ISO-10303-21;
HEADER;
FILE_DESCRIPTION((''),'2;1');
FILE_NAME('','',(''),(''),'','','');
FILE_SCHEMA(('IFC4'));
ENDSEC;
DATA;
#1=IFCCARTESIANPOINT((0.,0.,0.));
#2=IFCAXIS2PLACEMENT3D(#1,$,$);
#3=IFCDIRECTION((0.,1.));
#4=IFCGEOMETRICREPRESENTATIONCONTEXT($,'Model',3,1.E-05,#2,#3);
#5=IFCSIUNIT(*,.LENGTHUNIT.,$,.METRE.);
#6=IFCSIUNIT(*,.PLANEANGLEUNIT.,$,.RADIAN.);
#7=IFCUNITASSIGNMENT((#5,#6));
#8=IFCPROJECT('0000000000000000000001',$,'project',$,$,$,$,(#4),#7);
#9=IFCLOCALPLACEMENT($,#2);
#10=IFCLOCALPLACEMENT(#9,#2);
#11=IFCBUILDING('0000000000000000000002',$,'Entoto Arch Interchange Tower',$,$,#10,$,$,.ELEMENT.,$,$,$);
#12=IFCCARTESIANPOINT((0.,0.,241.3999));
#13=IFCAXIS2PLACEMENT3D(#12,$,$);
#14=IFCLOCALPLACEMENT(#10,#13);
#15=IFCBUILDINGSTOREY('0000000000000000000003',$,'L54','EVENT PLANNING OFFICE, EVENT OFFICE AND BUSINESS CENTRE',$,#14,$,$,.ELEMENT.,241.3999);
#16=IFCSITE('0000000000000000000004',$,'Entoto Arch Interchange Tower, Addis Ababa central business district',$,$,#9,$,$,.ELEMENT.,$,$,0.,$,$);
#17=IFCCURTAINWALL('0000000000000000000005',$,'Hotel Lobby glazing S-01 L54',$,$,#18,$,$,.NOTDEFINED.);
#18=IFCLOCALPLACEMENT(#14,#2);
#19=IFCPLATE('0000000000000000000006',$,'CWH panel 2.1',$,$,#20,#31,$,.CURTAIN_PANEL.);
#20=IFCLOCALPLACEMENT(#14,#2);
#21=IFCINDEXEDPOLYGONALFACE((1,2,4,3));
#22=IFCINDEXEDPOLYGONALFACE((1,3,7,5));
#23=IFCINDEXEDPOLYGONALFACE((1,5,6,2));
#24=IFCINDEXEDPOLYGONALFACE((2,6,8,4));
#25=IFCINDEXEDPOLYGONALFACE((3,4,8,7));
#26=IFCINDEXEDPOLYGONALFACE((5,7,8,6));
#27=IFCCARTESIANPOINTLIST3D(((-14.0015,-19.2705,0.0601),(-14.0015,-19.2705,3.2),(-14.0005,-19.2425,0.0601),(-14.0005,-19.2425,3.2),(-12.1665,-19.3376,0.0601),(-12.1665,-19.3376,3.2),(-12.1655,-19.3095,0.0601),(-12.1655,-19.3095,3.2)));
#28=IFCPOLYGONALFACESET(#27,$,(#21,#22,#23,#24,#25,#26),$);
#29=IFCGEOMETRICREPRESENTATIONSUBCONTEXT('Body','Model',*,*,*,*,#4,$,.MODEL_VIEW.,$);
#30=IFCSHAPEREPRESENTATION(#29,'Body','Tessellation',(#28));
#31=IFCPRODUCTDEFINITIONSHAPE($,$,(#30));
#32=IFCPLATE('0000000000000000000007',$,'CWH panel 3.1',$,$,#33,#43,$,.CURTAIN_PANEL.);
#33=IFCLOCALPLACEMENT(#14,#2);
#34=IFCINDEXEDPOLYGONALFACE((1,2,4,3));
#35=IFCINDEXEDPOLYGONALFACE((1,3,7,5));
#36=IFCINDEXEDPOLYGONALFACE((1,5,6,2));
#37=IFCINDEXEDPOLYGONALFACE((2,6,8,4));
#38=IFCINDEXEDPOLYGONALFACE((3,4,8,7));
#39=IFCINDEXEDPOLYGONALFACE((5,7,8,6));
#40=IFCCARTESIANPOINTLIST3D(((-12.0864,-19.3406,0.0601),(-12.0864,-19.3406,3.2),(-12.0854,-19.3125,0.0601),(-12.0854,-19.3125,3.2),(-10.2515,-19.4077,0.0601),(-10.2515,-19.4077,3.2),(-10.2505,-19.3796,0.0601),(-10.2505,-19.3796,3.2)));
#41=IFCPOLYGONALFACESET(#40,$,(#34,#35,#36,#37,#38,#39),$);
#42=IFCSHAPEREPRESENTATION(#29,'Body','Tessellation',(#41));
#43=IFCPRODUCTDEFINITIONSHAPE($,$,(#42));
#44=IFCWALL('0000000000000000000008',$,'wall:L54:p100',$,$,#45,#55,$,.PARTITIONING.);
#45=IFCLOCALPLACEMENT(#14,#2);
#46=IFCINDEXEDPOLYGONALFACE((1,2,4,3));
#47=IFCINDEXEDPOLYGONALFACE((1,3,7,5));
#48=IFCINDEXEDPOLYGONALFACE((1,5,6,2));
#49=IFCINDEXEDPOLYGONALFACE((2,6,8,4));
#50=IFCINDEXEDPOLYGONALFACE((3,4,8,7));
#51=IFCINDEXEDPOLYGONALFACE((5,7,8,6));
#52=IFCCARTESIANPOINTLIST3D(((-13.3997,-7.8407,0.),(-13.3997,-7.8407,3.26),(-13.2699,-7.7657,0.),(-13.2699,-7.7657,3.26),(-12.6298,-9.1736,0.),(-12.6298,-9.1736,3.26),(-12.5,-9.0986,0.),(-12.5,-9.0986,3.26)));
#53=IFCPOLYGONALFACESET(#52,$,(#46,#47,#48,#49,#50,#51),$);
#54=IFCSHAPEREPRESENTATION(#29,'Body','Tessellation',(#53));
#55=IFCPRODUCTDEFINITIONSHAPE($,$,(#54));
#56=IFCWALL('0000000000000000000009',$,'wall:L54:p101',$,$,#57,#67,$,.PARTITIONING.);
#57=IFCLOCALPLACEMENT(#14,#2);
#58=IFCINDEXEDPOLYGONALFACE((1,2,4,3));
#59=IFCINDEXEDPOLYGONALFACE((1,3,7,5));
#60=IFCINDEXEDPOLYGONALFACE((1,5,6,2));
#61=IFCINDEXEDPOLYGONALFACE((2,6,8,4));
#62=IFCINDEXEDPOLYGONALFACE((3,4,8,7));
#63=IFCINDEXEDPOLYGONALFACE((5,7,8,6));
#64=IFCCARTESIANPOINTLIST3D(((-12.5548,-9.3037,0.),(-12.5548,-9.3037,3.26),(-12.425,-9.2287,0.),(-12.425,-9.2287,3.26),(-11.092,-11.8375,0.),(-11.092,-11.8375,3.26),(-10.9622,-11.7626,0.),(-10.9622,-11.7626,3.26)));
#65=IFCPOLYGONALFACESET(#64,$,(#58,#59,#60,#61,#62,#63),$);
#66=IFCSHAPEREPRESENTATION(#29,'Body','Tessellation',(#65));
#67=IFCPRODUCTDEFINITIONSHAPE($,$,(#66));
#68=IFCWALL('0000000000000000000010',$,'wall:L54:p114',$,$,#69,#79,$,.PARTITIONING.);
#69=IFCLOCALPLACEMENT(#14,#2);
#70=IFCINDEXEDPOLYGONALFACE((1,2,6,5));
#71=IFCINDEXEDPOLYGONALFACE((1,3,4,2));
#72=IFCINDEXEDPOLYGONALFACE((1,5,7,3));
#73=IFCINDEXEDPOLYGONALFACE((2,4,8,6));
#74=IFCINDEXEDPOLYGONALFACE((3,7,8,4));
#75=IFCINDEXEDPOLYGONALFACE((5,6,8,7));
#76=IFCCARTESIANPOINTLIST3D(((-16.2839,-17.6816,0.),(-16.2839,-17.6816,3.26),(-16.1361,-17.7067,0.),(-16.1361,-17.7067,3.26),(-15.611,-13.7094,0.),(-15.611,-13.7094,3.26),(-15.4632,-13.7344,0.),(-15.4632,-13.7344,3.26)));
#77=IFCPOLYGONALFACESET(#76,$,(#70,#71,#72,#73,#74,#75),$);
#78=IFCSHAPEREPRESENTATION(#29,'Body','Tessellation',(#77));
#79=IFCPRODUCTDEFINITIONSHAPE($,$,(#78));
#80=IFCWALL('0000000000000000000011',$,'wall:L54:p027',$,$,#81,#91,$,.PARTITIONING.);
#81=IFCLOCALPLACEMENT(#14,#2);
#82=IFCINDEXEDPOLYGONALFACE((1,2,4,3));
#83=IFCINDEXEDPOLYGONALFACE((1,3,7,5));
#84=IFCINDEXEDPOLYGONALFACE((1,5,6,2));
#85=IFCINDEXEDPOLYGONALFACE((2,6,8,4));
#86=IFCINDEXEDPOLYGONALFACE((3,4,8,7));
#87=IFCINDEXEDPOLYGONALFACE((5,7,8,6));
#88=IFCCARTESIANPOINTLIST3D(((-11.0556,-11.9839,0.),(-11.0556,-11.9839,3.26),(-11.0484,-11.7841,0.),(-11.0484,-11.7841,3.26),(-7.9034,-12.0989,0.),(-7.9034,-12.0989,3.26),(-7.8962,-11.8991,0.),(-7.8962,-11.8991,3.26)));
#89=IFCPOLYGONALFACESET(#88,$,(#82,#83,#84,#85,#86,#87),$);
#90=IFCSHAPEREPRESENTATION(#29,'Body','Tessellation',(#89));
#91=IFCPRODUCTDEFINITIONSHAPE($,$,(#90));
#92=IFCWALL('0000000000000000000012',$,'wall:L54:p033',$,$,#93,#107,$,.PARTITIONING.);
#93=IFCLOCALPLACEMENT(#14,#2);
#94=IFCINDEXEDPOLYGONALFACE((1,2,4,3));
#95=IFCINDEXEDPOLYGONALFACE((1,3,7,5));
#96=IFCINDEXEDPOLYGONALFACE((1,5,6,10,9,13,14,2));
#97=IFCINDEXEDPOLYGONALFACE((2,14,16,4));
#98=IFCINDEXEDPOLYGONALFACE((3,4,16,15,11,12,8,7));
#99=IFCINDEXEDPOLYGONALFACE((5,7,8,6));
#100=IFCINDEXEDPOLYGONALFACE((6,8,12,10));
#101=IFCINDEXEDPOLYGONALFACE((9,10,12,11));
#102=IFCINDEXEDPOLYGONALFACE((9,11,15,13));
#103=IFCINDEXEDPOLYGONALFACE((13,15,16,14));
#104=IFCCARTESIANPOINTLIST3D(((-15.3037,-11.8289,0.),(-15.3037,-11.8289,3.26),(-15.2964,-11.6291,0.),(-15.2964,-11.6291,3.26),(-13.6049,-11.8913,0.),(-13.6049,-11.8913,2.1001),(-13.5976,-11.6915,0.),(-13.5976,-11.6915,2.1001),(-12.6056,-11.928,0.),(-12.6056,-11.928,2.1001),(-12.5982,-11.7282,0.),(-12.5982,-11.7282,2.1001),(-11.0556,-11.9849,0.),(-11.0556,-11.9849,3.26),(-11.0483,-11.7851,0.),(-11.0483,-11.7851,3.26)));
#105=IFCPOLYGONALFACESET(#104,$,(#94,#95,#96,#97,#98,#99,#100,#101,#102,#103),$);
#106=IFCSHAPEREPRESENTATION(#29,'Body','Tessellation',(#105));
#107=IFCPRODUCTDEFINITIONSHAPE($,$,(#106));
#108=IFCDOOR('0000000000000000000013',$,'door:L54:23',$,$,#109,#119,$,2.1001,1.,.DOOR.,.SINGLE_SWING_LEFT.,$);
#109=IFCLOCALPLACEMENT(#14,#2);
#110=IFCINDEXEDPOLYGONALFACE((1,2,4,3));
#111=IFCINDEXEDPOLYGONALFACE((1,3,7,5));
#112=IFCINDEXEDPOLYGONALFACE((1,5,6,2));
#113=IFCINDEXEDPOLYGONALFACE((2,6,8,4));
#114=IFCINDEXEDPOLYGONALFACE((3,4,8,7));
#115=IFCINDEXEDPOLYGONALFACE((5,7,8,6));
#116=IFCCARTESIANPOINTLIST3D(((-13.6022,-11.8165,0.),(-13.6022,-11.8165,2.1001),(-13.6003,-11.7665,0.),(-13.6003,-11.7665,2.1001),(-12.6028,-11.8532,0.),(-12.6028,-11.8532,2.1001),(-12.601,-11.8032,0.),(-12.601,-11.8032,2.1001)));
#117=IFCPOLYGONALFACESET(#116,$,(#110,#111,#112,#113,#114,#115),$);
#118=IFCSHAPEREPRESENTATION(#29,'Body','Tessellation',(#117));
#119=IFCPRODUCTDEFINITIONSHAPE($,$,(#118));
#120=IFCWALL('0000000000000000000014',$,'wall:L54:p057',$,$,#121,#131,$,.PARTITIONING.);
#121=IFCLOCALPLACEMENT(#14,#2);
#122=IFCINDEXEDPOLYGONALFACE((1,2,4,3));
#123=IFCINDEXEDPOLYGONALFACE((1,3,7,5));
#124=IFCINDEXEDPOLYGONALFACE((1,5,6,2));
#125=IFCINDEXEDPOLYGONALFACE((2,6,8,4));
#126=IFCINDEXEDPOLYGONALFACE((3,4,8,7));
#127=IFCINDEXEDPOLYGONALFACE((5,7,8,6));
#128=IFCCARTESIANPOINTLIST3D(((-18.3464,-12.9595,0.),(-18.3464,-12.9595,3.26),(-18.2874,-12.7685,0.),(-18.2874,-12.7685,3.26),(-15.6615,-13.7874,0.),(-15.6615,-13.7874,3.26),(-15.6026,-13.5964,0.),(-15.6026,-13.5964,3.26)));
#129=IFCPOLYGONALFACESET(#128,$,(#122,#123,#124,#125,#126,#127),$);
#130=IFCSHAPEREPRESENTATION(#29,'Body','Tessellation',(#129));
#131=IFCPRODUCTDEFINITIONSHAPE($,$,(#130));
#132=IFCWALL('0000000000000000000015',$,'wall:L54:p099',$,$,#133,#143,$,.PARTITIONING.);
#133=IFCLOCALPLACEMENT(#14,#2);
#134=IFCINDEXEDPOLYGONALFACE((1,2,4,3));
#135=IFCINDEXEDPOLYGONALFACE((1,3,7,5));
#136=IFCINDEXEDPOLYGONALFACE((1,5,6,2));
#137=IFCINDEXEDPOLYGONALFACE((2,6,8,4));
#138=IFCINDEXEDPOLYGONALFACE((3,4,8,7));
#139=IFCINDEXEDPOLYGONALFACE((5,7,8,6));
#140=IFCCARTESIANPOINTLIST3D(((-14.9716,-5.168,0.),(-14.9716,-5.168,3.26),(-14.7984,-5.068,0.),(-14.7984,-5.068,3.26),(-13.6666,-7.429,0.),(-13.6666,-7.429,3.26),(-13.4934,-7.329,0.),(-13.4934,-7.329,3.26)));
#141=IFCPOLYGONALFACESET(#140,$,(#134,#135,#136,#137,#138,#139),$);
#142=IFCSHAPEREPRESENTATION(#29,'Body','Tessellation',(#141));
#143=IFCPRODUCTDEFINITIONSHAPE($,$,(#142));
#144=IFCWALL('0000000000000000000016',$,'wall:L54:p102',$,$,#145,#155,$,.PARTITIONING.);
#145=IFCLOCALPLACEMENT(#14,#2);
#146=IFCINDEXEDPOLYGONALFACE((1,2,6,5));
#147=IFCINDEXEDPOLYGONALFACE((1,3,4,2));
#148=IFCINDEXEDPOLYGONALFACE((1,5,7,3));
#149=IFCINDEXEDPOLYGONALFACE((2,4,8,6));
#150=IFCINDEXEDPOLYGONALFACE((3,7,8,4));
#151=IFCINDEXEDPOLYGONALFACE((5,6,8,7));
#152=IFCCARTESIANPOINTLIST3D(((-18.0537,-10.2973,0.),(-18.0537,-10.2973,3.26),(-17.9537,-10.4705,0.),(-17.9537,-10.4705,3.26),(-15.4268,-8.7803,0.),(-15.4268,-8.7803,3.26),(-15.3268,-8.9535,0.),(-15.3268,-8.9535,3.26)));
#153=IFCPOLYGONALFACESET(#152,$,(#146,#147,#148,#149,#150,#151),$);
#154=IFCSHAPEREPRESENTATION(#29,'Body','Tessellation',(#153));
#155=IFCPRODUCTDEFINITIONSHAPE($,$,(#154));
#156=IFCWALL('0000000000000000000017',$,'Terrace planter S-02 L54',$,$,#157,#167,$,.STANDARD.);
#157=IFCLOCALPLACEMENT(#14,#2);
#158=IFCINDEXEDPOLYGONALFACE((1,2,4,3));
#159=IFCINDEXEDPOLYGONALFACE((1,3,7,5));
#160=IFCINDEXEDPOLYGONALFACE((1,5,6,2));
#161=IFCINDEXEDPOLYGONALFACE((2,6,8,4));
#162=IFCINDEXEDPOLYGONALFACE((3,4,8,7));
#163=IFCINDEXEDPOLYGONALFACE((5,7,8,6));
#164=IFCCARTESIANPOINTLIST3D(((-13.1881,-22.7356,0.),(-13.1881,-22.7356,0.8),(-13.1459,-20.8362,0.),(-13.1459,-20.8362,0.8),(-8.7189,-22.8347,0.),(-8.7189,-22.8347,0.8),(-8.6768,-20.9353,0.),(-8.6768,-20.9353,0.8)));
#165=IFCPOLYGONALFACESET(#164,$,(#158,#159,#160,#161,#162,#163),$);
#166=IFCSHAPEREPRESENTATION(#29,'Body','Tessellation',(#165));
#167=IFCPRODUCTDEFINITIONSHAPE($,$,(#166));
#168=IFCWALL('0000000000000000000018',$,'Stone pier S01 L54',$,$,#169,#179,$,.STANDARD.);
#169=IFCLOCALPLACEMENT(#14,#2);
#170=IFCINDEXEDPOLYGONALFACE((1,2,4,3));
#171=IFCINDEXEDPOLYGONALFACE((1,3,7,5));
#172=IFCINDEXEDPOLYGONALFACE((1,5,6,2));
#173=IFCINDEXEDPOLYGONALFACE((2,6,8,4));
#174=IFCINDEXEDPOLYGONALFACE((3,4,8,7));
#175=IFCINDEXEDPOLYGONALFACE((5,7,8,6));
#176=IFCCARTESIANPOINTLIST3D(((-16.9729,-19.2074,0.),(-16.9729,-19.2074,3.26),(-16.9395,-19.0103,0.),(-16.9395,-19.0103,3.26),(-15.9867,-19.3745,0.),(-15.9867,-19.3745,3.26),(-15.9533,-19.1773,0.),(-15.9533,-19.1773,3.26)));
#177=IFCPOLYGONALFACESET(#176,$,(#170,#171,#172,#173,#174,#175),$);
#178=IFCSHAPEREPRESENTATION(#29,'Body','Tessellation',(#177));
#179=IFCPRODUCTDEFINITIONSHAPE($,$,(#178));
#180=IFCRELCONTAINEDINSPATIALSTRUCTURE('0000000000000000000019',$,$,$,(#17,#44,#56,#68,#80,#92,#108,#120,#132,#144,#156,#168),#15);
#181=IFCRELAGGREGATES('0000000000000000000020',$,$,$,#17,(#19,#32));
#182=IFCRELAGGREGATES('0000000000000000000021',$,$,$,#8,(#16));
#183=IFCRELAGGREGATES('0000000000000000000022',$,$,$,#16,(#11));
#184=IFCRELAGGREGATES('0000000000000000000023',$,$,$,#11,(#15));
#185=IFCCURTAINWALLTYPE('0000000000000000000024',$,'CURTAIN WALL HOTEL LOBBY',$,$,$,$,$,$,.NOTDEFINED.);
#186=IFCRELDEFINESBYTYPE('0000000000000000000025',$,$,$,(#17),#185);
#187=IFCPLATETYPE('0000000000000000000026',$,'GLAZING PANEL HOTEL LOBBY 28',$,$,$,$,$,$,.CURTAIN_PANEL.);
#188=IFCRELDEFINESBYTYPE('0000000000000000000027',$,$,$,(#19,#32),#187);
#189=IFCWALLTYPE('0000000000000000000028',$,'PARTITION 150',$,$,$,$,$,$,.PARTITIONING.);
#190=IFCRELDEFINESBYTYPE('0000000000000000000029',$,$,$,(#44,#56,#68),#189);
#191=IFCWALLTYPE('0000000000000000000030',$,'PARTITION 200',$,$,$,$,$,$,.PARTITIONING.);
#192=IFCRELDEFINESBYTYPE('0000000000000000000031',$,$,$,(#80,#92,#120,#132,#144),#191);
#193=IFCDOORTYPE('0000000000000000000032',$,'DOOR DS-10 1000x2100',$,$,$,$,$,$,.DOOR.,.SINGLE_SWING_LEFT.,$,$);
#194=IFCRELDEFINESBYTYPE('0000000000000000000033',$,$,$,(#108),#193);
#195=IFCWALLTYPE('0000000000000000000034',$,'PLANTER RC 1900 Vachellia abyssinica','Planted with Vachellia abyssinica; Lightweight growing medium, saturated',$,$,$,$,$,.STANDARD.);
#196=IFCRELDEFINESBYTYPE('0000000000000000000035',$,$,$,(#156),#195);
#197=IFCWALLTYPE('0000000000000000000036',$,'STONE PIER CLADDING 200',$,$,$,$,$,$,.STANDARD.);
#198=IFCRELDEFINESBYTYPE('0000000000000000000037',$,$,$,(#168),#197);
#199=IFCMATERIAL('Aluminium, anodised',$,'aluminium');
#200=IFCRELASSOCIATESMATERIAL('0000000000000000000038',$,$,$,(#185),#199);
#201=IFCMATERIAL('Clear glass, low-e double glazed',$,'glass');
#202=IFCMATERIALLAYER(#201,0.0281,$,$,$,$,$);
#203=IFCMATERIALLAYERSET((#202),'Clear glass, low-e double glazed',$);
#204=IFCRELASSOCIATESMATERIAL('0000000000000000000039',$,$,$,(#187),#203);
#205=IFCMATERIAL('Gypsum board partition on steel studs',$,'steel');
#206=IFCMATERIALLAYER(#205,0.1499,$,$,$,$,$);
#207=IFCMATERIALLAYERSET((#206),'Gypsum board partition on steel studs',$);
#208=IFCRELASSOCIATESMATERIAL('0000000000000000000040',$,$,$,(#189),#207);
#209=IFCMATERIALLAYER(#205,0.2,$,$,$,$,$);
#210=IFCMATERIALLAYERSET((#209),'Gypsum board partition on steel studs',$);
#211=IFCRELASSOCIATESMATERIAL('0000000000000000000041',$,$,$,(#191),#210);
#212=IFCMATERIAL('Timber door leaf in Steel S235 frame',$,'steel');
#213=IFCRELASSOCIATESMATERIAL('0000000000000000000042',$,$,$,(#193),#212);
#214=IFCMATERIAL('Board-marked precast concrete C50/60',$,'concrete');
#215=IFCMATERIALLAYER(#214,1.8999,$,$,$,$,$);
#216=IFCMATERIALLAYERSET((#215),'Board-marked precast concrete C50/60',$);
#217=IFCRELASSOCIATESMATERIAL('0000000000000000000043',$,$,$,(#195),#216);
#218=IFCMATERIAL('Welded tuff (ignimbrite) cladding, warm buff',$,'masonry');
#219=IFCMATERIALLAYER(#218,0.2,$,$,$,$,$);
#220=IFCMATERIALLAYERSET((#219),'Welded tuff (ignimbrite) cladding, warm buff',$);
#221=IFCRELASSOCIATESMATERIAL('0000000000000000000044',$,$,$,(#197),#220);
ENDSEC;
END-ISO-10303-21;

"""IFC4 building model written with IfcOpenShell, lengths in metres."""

from ifc_helpers import new_model, si_unit, direction, frame, frame_2d, origin, origin_2d, place, context, subcontext, project, spatial, rectangle, extrude, material, layer, layer_set, type_object, element, fill, aggregate, save


model = new_model("IFC4")

# Units and contexts
model_context = context("Model", 3, precision=1e-05, world=origin(), true_north=direction((0.0, 1.0)))
body_context = subcontext(model_context, "Body", "Model", "MODEL_VIEW")
ifc_project = project(units=[si_unit("LENGTHUNIT", "METRE"), si_unit("PLANEANGLEUNIT", "RADIAN")], contexts=[model_context])

# Site, building, storey
site_placement = place(None, origin())
site = spatial("IfcSite", under=ifc_project, at=site_placement, Name="Entoto Arch Interchange Tower, Addis Ababa central business district", CompositionType="ELEMENT", RefElevation=0.0)
building_placement = place(site_placement, origin())
building = spatial("IfcBuilding", under=site, at=building_placement, Name="Entoto Arch Interchange Tower", CompositionType="ELEMENT")
storey_placement = place(building_placement, frame((0.0, 0.0, 241.3999)))
storey = spatial("IfcBuildingStorey", under=building, at=storey_placement, Name="L54", Description="EVENT PLANNING OFFICE, EVENT OFFICE AND BUSINESS CENTRE", CompositionType="ELEMENT", Elevation=241.3999)

# Curtain wall
ifc_material_1 = material(Name="Aluminium, anodised", Category="aluminium")
curtain_wall_type = type_object("IfcCurtainWallType", Name="CURTAIN WALL HOTEL LOBBY", PredefinedType="NOTDEFINED", material=ifc_material_1)
curtain_wall_1_placement = place(storey_placement, origin())
curtain_wall_1 = element("IfcCurtainWall", 1, at=curtain_wall_1_placement, inside=storey, type_object=curtain_wall_type, Name="Hotel Lobby glazing S-01 L54", PredefinedType="NOTDEFINED")

# Plates
ifc_material_2 = material(Name="Clear glass, low-e double glazed", Category="glass")
ifc_layer_1 = layer(ifc_material_2, 0.0281)
ifc_layer_set_1 = layer_set([ifc_layer_1], Name="Clear glass, low-e double glazed")
plate_type = type_object("IfcPlateType", Name="GLAZING PANEL HOTEL LOBBY 28", PredefinedType="CURTAIN_PANEL", material=ifc_layer_set_1)
plate_1_placement = place(storey_placement, frame((-13.0835, -19.29, 0.0601), z_axis=(0.0, 0.0, 1.0), x_axis=(0.999333, -0.036529, 0.0)))
plate_1 = element("IfcPlate", 2, at=plate_1_placement, type_object=plate_type, Name="CWH panel 2.1", PredefinedType="CURTAIN_PANEL", context=body_context, shape_type="SweptSolid", body=[
    extrude(rectangle(XDim=1.8362, YDim=0.0281, at=origin_2d()), origin(), (0.0, 0.0, 1.0), 3.1399),
])
plate_2_placement = place(storey_placement, frame((-11.1685, -19.3601, 0.0601), z_axis=(0.0, 0.0, 1.0), x_axis=(0.999333, -0.036529, 0.0)))
plate_2 = element("IfcPlate", 3, at=plate_2_placement, type_object=plate_type, Name="CWH panel 3.1", PredefinedType="CURTAIN_PANEL", context=body_context, shape_type="SweptSolid", body=[
    extrude(rectangle(XDim=1.8362, YDim=0.0281, at=origin_2d()), origin(), (0.0, 0.0, 1.0), 3.1399),
])
aggregate(curtain_wall_1, [plate_1, plate_2])

# Walls
ifc_material_3 = material(Name="Gypsum board partition on steel studs", Category="steel")
ifc_layer_2 = layer(ifc_material_3, 0.1499)
ifc_layer_set_2 = layer_set([ifc_layer_2], Name="Gypsum board partition on steel studs")
wall_type_1 = type_object("IfcWallType", Name="PARTITION 150", PredefinedType="PARTITIONING", material=ifc_layer_set_2)
wall_1_placement = place(storey_placement, frame((-12.5649, -9.136, 0.0), z_axis=(0.0, 0.0, 1.0), x_axis=(-0.500198, 0.865911, 0.0)))
element("IfcWall", 4, at=wall_1_placement, inside=storey, type_object=wall_type_1, Name="wall:L54:p100", PredefinedType="PARTITIONING", context=body_context, shape_type="SweptSolid", body=[
    extrude(rectangle(XDim=1.5393, YDim=0.1499, at=frame_2d((0.7695, 0.0))), origin(), (0.0, 0.0, 1.0), 3.26),
])
wall_2_placement = place(storey_placement, frame((-11.0271, -11.8, 0.0), z_axis=(0.0, 0.0, 1.0), x_axis=(-0.49998, 0.866037, 0.0)))
element("IfcWall", 5, at=wall_2_placement, inside=storey, type_object=wall_type_1, Name="wall:L54:p101", PredefinedType="PARTITIONING", context=body_context, shape_type="SweptSolid", body=[
    extrude(rectangle(XDim=2.9258, YDim=0.1499, at=frame_2d((1.4629, 0.0))), origin(), (0.0, 0.0, 1.0), 3.26),
])
wall_3_placement = place(storey_placement, frame((-15.5371, -13.7219, 0.0), z_axis=(0.0, 0.0, 1.0), x_axis=(-0.167012, -0.985955, 0.0)))
element("IfcWall", 6, at=wall_3_placement, inside=storey, type_object=wall_type_1, Name="wall:L54:p114", PredefinedType="PARTITIONING", context=body_context, shape_type="SweptSolid", body=[
    extrude(rectangle(XDim=4.0288, YDim=0.1499, at=frame_2d((2.0144, 0.0))), origin(), (0.0, 0.0, 1.0), 3.26),
])
ifc_layer_3 = layer(ifc_material_3, 0.2)
ifc_layer_set_3 = layer_set([ifc_layer_3], Name="Gypsum board partition on steel studs")
wall_type_2 = type_object("IfcWallType", Name="PARTITION 200", PredefinedType="PARTITIONING", material=ifc_layer_set_3)
wall_4_placement = place(storey_placement, frame((-11.052, -11.884, 0.0), z_axis=(0.0, 0.0, 1.0), x_axis=(0.999335, -0.036456, 0.0)))
element("IfcWall", 7, at=wall_4_placement, inside=storey, type_object=wall_type_2, Name="wall:L54:p027", PredefinedType="PARTITIONING", context=body_context, shape_type="SweptSolid", body=[
    extrude(rectangle(XDim=3.1543, YDim=0.2, at=frame_2d((1.5771, 0.0))), origin(), (0.0, 0.0, 1.0), 3.26),
])

# Wall, opening, door
wall_5_placement = place(storey_placement, frame((-15.3, -11.729, 0.0), z_axis=(0.0, 0.0, 1.0), x_axis=(0.999326, -0.036699, 0.0)))
wall_5 = element("IfcWall", 8, at=wall_5_placement, inside=storey, type_object=wall_type_2, Name="wall:L54:p033", PredefinedType="PARTITIONING", context=body_context, shape_type="SweptSolid", body=[
    extrude(rectangle(XDim=4.251, YDim=0.2, at=frame_2d((2.1255, 0.0))), origin(), (0.0, 0.0, 1.0), 3.26),
])
opening_placement = place(wall_5_placement, frame((1.7, 0.0, 0.0)))
opening = element("IfcOpeningElement", 9, at=opening_placement, cuts=wall_5, PredefinedType="OPENING", context=body_context, shape_type="SweptSolid", body=[
    extrude(rectangle(XDim=1.0, YDim=2.1001, at=frame_2d((0.5, 1.05))), frame((0.0, 0.1099, 0.0), z_axis=(0.0, -1.0, 0.0), x_axis=(1.0, 0.0, 0.0)), (0.0, 0.0, 1.0), 0.22),
])
ifc_material_4 = material(Name="Timber door leaf in Steel S235 frame", Category="steel")
door_type = type_object("IfcDoorType", Name="DOOR DS-10 1000x2100", OperationType="SINGLE_SWING_LEFT", PredefinedType="DOOR", material=ifc_material_4)
door_placement = place(opening_placement, origin())
door = element("IfcDoor", 10, at=door_placement, inside=storey, type_object=door_type, Name="door:L54:23", OperationType="SINGLE_SWING_LEFT", OverallHeight=2.1001, OverallWidth=1.0, PredefinedType="DOOR", context=body_context, shape_type="SweptSolid", body=[
    extrude(rectangle(XDim=1.0, YDim=2.1001, at=frame_2d((0.5, 1.05))), frame((0.0, 0.0249, 0.0), z_axis=(0.0, -1.0, 0.0), x_axis=(1.0, 0.0, 0.0)), (0.0, 0.0, 1.0), 0.05),
])
fill(opening, door)

# Walls
wall_6_placement = place(storey_placement, frame((-15.6321, -13.6919, 0.0), z_axis=(0.0, 0.0, 1.0), x_axis=(-0.9556, 0.294666, 0.0)))
element("IfcWall", 11, at=wall_6_placement, inside=storey, type_object=wall_type_2, Name="wall:L54:p057", PredefinedType="PARTITIONING", context=body_context, shape_type="SweptSolid", body=[
    extrude(rectangle(XDim=2.8096, YDim=0.2, at=frame_2d((1.4048, 0.0))), origin(), (0.0, 0.0, 1.0), 3.26),
])
wall_7_placement = place(storey_placement, frame((-13.5801, -7.3789, 0.0), z_axis=(0.0, 0.0, 1.0), x_axis=(-0.499871, 0.8661, 0.0)))
element("IfcWall", 12, at=wall_7_placement, inside=storey, type_object=wall_type_2, Name="wall:L54:p099", PredefinedType="PARTITIONING", context=body_context, shape_type="SweptSolid", body=[
    extrude(rectangle(XDim=2.6106, YDim=0.2, at=frame_2d((1.3052, 0.0))), origin(), (0.0, 0.0, 1.0), 3.26),
])
wall_8_placement = place(storey_placement, frame((-15.377, -8.8669, 0.0), z_axis=(0.0, 0.0, 1.0), x_axis=(-0.865966, -0.500103, 0.0)))
element("IfcWall", 13, at=wall_8_placement, inside=storey, type_object=wall_type_2, Name="wall:L54:p102", PredefinedType="PARTITIONING", context=body_context, shape_type="SweptSolid", body=[
    extrude(rectangle(XDim=3.0334, YDim=0.2, at=frame_2d((1.5166, 0.0))), origin(), (0.0, 0.0, 1.0), 3.26),
])
ifc_material_5 = material(Name="Board-marked precast concrete C50/60", Category="concrete")
ifc_layer_4 = layer(ifc_material_5, 1.8999)
ifc_layer_set_4 = layer_set([ifc_layer_4], Name="Board-marked precast concrete C50/60")
wall_type_3 = type_object("IfcWallType", Name="PLANTER RC 1900 Vachellia abyssinica", Description="Planted with Vachellia abyssinica; Lightweight growing medium, saturated", PredefinedType="STANDARD", material=ifc_layer_set_4)
wall_9_placement = place(storey_placement, frame((-13.167, -21.7859, 0.0), z_axis=(0.0, 0.0, 1.0), x_axis=(0.999754, -0.022174, 0.0)))
element("IfcWall", 14, at=wall_9_placement, inside=storey, type_object=wall_type_3, Name="Terrace planter S-02 L54", PredefinedType="STANDARD", context=body_context, shape_type="SweptSolid", body=[
    extrude(rectangle(XDim=4.4702, YDim=1.8999, at=frame_2d((2.2351, 0.0))), origin(), (0.0, 0.0, 1.0), 0.8),
])
ifc_material_6 = material(Name="Welded tuff (ignimbrite) cladding, warm buff", Category="masonry")
ifc_layer_5 = layer(ifc_material_6, 0.2)
ifc_layer_set_5 = layer_set([ifc_layer_5], Name="Welded tuff (ignimbrite) cladding, warm buff")
wall_type_4 = type_object("IfcWallType", Name="STONE PIER CLADDING 200", PredefinedType="STANDARD", material=ifc_layer_set_5)
wall_10_placement = place(storey_placement, frame((-16.9561, -19.1089, 0.0), z_axis=(0.0, 0.0, 1.0), x_axis=(0.985962, -0.166971, 0.0)))
element("IfcWall", 15, at=wall_10_placement, inside=storey, type_object=wall_type_4, Name="Stone pier S01 L54", PredefinedType="STANDARD", context=body_context, shape_type="SweptSolid", body=[
    extrude(rectangle(XDim=1.0002, YDim=0.2, at=frame_2d((0.5, 0.0))), origin(), (0.0, 0.0, 1.0), 3.26),
])

save(model, "model.ifc")
